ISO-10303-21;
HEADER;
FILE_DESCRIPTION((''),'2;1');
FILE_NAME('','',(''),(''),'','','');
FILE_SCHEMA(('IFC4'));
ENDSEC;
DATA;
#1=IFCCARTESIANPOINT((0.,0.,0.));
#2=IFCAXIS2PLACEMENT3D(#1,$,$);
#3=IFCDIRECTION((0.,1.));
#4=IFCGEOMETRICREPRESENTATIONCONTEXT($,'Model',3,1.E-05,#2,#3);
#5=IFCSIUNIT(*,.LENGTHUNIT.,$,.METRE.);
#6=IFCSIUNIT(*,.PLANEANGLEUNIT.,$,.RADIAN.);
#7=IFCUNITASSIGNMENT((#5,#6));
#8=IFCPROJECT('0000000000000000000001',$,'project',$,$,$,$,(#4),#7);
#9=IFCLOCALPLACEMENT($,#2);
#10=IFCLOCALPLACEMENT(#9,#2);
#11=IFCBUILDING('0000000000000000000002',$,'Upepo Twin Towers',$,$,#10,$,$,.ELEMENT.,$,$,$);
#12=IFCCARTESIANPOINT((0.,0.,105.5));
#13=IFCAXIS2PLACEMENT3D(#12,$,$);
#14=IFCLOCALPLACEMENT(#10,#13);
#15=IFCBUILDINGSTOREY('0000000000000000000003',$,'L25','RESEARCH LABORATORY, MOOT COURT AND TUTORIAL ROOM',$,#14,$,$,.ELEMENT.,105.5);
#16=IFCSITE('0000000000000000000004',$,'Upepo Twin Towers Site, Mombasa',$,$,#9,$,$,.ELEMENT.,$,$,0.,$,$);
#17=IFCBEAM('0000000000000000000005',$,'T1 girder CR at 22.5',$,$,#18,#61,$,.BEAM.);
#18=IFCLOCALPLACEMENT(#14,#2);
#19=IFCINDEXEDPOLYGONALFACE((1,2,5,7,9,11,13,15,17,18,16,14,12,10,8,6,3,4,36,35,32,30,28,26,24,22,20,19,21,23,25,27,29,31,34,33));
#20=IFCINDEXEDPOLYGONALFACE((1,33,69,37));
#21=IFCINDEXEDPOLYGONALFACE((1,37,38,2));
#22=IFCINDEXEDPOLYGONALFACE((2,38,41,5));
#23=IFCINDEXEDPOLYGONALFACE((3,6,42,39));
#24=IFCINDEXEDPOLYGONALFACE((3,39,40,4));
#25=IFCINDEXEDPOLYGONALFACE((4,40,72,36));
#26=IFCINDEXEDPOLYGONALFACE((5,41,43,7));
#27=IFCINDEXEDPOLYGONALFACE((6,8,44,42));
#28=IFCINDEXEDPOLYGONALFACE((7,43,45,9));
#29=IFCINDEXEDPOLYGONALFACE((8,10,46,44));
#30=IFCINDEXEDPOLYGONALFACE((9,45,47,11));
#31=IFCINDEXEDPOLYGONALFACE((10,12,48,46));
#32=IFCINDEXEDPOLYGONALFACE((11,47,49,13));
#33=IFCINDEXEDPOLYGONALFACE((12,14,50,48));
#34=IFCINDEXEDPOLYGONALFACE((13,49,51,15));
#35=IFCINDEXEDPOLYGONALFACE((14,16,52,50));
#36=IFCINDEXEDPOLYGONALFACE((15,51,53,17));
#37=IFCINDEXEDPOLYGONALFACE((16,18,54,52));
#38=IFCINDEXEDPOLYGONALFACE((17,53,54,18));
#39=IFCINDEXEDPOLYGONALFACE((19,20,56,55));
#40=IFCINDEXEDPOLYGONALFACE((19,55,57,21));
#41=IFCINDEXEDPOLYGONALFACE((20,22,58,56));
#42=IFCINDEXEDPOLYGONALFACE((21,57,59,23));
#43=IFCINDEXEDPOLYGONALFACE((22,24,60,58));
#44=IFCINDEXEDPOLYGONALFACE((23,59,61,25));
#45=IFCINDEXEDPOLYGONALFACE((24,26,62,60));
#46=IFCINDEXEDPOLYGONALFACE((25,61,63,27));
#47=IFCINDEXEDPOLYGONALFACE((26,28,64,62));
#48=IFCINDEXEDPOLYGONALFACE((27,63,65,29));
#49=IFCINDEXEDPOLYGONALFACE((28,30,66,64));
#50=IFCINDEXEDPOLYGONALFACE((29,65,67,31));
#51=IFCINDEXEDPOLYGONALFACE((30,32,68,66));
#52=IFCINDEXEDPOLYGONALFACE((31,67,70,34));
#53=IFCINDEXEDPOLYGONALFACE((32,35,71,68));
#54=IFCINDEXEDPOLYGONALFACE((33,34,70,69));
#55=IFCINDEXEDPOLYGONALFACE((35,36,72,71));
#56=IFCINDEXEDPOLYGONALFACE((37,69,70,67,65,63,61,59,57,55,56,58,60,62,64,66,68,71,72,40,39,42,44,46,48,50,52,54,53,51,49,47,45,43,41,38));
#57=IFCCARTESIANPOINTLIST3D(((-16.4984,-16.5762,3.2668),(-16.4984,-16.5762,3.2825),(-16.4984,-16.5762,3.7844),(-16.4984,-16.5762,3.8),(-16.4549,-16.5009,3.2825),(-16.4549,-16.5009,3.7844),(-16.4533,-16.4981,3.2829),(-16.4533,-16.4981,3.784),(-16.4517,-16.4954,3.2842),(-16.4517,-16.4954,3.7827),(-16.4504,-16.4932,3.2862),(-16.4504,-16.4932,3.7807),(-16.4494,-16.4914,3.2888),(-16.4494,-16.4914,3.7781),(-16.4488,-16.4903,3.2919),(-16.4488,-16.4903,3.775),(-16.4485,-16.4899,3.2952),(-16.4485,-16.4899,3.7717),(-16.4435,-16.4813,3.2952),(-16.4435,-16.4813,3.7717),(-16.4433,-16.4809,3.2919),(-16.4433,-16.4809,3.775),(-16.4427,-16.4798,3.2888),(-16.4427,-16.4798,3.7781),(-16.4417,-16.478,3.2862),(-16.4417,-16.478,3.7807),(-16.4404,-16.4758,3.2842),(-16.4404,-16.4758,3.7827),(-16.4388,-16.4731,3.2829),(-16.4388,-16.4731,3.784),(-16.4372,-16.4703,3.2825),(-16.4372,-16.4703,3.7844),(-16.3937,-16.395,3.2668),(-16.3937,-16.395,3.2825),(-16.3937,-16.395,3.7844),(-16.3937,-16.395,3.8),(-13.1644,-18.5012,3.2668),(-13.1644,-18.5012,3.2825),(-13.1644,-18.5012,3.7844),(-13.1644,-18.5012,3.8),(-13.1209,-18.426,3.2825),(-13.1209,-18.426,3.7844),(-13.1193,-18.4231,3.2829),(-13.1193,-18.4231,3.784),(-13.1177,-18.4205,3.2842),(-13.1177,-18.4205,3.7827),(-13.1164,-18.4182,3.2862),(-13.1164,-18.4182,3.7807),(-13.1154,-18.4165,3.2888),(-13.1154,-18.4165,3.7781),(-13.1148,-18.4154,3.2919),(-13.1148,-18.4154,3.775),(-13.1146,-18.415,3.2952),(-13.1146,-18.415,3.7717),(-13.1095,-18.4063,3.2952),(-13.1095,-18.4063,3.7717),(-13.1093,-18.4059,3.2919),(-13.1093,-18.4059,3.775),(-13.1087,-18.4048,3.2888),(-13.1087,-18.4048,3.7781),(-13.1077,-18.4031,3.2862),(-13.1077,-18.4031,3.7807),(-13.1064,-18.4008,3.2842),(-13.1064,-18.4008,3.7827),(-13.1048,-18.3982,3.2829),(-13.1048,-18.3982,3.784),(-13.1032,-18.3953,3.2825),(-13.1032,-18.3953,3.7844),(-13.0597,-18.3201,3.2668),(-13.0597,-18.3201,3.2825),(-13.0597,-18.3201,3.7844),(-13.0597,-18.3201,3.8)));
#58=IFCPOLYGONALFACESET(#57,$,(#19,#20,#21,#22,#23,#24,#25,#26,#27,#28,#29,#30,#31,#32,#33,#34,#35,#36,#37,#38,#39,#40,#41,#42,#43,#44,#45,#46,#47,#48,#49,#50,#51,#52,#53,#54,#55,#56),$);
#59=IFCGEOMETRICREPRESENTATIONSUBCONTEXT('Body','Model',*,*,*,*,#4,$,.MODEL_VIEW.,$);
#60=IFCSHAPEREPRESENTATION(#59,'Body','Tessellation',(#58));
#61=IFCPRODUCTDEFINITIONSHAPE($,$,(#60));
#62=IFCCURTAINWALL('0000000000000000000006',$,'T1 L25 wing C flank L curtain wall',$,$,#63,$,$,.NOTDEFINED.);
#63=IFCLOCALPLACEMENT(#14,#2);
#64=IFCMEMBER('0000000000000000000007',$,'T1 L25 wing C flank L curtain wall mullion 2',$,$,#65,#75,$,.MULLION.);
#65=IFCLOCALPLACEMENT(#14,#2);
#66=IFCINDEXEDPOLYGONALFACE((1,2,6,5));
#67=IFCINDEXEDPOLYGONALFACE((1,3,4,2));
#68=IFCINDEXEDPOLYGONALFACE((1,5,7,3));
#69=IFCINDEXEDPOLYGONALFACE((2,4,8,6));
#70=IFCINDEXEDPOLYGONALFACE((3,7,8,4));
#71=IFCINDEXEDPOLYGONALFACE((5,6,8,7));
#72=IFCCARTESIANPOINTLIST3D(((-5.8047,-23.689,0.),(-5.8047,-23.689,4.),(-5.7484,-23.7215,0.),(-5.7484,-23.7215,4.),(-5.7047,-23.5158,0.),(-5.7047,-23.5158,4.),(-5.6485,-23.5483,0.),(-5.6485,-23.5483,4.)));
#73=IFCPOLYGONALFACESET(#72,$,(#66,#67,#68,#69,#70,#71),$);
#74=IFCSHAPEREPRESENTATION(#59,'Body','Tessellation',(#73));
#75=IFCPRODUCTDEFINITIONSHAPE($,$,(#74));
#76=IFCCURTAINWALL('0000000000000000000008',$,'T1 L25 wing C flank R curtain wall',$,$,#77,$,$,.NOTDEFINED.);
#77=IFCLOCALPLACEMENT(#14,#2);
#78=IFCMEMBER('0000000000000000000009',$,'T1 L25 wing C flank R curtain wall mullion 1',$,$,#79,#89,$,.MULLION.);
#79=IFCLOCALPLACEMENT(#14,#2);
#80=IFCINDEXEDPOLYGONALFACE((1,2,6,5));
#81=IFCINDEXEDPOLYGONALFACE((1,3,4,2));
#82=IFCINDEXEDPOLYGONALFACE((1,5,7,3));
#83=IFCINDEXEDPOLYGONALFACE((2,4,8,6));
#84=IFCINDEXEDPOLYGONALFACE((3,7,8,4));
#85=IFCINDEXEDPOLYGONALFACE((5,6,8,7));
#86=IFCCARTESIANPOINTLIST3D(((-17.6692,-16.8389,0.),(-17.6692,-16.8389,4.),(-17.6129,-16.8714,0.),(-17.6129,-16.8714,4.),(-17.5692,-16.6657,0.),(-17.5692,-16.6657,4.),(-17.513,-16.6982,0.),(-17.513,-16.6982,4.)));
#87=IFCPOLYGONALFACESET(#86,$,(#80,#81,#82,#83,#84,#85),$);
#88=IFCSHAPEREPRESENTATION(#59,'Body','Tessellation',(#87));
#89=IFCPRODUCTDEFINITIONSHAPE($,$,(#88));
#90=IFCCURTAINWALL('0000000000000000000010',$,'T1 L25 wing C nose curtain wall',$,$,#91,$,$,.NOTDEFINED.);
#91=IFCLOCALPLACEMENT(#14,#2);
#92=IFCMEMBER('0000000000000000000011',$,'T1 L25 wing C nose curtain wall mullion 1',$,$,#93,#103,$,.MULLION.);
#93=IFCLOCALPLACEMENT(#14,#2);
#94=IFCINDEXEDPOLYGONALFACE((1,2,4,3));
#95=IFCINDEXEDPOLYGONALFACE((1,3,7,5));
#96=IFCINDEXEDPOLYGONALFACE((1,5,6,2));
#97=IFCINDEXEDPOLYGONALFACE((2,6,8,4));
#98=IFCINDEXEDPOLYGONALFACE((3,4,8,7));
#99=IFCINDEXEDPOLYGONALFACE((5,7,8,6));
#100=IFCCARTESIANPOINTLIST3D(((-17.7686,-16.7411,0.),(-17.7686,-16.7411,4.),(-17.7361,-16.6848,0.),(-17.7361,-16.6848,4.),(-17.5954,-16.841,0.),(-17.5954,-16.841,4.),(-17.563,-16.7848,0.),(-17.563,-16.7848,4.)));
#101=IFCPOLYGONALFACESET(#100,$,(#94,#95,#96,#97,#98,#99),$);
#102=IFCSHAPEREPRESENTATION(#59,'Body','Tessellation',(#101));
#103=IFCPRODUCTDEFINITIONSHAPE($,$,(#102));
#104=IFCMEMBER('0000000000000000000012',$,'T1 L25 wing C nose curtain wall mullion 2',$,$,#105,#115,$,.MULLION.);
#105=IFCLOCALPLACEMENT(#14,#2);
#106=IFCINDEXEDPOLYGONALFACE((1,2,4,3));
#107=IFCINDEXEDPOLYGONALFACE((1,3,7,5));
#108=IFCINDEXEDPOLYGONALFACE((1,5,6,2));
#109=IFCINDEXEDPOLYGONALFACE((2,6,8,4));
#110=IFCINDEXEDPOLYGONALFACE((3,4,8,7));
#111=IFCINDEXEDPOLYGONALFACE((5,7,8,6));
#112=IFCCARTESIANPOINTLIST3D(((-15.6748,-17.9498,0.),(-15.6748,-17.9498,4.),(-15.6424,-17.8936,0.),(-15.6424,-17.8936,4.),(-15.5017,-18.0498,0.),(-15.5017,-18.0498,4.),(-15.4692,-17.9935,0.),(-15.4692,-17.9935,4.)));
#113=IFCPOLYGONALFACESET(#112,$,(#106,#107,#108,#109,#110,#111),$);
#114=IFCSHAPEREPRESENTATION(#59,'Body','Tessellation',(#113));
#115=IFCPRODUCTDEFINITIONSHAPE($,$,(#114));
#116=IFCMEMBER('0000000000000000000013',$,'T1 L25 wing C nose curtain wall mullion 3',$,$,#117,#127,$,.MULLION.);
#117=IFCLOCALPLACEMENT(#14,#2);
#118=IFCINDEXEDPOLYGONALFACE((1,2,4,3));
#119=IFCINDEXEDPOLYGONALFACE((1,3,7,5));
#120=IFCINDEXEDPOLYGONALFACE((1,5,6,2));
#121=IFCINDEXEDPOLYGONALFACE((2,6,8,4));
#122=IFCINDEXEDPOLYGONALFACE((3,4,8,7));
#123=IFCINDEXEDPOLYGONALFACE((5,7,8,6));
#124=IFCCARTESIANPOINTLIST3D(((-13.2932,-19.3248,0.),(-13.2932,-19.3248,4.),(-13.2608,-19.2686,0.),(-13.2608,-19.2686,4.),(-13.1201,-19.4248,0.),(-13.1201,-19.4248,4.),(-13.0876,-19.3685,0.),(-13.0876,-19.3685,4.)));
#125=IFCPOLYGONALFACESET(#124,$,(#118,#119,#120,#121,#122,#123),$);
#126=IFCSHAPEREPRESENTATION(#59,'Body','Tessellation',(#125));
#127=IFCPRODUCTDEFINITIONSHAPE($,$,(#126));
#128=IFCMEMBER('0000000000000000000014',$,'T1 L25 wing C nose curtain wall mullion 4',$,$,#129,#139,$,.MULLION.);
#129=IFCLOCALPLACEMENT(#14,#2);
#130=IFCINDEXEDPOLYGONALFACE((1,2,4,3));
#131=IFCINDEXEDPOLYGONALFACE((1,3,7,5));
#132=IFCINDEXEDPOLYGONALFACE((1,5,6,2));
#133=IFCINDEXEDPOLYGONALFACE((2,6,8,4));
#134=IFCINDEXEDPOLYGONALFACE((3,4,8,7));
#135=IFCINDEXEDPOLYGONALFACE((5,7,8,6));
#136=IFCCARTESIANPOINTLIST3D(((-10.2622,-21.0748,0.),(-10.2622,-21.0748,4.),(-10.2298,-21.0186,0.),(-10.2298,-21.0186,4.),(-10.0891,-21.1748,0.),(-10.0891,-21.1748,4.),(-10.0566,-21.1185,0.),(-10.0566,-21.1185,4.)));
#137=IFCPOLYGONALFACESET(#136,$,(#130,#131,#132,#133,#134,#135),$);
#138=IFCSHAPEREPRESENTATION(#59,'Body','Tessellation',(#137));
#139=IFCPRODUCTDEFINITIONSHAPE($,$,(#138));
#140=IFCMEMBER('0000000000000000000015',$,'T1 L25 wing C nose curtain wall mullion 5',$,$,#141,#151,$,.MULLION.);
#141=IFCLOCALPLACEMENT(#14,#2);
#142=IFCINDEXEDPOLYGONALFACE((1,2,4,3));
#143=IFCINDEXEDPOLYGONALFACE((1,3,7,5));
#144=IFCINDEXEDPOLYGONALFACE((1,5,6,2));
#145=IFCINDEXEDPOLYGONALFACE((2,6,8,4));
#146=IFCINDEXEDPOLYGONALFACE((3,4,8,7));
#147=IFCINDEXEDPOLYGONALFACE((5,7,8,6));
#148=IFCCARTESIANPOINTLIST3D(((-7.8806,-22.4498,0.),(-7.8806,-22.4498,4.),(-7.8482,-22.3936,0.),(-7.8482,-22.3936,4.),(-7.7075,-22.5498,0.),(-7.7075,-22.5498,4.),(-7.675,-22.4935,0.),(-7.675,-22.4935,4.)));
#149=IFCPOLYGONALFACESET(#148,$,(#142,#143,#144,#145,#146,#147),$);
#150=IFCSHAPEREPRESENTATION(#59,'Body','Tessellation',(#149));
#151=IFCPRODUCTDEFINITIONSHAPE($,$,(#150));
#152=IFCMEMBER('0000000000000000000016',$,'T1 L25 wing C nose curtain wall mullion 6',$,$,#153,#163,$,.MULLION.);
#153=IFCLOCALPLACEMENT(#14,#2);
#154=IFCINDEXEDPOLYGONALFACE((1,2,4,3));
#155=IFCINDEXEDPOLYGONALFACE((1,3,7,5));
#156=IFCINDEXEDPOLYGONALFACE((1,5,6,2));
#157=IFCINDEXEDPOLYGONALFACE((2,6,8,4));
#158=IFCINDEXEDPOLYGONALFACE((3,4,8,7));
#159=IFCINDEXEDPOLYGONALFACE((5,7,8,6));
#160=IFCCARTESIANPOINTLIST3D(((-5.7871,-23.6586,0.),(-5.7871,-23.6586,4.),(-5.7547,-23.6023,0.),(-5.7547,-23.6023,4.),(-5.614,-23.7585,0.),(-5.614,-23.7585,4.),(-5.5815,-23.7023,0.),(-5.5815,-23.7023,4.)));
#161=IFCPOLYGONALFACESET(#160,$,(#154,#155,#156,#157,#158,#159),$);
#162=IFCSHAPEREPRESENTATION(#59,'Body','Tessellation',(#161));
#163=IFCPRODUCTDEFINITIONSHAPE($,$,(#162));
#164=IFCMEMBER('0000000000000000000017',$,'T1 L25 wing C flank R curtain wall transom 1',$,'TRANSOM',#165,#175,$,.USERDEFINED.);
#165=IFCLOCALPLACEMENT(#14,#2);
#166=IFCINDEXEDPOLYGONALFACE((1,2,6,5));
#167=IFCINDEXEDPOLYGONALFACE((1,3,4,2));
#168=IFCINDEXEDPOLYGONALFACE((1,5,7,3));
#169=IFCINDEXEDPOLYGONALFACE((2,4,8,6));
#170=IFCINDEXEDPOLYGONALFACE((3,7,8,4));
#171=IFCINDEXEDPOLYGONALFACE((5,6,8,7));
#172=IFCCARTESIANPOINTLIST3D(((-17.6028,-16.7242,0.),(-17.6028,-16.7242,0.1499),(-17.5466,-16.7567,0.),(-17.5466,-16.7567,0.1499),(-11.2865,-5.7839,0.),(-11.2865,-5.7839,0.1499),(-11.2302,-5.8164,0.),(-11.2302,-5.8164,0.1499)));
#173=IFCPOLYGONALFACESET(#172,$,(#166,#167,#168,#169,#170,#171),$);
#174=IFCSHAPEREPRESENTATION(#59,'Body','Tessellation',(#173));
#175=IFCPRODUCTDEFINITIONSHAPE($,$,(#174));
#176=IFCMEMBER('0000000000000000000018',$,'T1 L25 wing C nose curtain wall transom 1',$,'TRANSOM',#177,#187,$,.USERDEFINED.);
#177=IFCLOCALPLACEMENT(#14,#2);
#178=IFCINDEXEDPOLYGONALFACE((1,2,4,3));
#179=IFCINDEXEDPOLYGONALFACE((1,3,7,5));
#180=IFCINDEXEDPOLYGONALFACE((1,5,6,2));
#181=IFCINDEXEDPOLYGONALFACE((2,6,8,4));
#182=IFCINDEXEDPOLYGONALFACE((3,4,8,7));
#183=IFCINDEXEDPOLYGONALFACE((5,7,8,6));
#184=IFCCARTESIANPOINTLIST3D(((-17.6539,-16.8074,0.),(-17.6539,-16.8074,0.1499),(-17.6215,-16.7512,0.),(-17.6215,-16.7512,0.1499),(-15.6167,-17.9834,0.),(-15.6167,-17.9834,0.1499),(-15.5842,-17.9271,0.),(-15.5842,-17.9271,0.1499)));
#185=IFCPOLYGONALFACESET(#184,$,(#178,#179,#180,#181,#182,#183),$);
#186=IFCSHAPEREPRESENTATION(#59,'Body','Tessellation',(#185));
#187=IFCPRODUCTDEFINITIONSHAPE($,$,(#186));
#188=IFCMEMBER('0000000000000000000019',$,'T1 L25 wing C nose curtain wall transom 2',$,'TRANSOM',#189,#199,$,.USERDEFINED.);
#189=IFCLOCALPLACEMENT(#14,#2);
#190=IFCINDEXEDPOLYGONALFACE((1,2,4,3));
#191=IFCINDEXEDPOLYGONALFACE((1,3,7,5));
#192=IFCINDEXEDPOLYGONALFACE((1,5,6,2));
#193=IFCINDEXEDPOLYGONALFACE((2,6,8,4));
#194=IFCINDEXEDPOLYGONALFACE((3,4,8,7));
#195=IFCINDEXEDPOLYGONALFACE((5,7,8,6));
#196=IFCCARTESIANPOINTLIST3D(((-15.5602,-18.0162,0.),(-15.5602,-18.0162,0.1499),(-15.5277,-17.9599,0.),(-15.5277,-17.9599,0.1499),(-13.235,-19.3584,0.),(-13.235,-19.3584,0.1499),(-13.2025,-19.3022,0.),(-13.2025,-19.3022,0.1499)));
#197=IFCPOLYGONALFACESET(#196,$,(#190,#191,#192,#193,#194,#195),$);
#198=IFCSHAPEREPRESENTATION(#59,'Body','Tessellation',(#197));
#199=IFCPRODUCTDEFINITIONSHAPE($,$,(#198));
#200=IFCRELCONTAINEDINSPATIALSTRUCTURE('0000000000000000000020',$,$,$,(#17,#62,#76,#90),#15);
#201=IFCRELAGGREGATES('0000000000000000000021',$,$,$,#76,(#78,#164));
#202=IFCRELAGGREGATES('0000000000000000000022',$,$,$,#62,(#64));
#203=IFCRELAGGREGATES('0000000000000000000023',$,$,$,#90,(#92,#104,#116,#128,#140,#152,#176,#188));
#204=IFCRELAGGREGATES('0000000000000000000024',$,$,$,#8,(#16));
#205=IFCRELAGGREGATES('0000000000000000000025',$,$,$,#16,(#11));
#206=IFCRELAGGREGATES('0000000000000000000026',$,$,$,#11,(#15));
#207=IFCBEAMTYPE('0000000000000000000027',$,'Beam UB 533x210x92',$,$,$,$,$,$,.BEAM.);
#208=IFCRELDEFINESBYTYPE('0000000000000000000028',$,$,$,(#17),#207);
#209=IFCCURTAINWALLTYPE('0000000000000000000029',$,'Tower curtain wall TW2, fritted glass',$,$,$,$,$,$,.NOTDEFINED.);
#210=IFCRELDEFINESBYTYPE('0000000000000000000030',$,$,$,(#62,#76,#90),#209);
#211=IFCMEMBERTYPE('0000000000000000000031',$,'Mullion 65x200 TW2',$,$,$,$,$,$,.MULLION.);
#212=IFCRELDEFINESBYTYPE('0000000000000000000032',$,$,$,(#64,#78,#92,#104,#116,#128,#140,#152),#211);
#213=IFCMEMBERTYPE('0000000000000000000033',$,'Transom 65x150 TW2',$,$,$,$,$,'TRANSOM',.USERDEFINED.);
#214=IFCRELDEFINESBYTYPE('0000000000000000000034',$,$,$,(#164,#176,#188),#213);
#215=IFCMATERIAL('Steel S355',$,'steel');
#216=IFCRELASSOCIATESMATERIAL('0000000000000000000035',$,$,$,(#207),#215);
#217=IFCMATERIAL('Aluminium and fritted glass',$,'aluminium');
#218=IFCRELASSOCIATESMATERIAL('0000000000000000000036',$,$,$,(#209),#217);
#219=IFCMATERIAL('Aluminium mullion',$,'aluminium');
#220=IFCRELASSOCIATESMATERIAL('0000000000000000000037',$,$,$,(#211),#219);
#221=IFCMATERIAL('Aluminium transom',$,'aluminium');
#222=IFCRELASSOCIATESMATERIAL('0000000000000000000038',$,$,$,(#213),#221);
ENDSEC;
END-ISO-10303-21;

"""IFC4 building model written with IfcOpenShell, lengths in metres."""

from ifc_helpers import new_model, si_unit, direction, frame, origin, origin_2d, place, context, subcontext, project, spatial, rectangle, i_section, extrude, material, material_profile, profile_set, type_object, element, aggregate, save


model = new_model("IFC4")

# Units and contexts
model_context = context("Model", 3, precision=1e-05, world=origin(), true_north=direction((0.0, 1.0)))
body_context = subcontext(model_context, "Body", "Model", "MODEL_VIEW")
ifc_project = project(units=[si_unit("LENGTHUNIT", "METRE"), si_unit("PLANEANGLEUNIT", "RADIAN")], contexts=[model_context])

# Site, building, storey
site_placement = place(None, origin())
site = spatial("IfcSite", under=ifc_project, at=site_placement, Name="Upepo Twin Towers Site, Mombasa", CompositionType="ELEMENT", RefElevation=0.0)
building_placement = place(site_placement, origin())
building = spatial("IfcBuilding", under=site, at=building_placement, Name="Upepo Twin Towers", CompositionType="ELEMENT")
storey_placement = place(building_placement, frame((0.0, 0.0, 105.5)))
storey = spatial("IfcBuildingStorey", under=building, at=storey_placement, Name="L25", Description="RESEARCH LABORATORY, MOOT COURT AND TUTORIAL ROOM", CompositionType="ELEMENT", Elevation=105.5)

# Beam
ifc_material_1 = material(Name="Steel S355", Category="steel")
ifc_material_profile_1 = material_profile(ifc_material_1, i_section(OverallWidth=0.2092, OverallDepth=0.5332, WebThickness=0.01, FlangeThickness=0.0156, FilletRadius=0.0127, at=origin_2d()), Name="UB 533x210x92")
ifc_profile_set_1 = profile_set([ifc_material_profile_1], Name="Steel S355")
beam_type_1 = type_object("IfcBeamType", Name="Beam UB 533x210x92", PredefinedType="BEAM", material=ifc_profile_set_1)
for number, where, z_axis, x_axis, name in (
    (1, (-16.446, -16.4856, 3.5334), (0.866006, -0.500034, 0.0), (0.500034, 0.866006, 0.0), "T1 girder CR at 22.5"),
):
    element("IfcBeam", number, at=place(storey_placement, frame(where, z_axis=z_axis, x_axis=x_axis)), inside=storey, type_object=beam_type_1, Name=name, PredefinedType="BEAM", context=body_context, shape_type="SweptSolid", body=[
        extrude(i_section(OverallWidth=0.2092, OverallDepth=0.5332, WebThickness=0.01, FlangeThickness=0.0156, FilletRadius=0.0127, at=origin_2d()), origin(), (0.0, 0.0, 1.0), 3.8499),
    ])

# Curtain walls, members
ifc_material_2 = material(Name="Aluminium and fritted glass", Category="aluminium")
curtain_wall_type = type_object("IfcCurtainWallType", Name="Tower curtain wall TW2, fritted glass", PredefinedType="NOTDEFINED", material=ifc_material_2)
curtain_wall_1_placement = place(storey_placement, origin())
curtain_wall_1 = element("IfcCurtainWall", 2, at=curtain_wall_1_placement, inside=storey, type_object=curtain_wall_type, Name="T1 L25 wing C flank L curtain wall", PredefinedType="NOTDEFINED")
ifc_material_3 = material(Name="Aluminium mullion", Category="aluminium")
ifc_material_profile_2 = material_profile(ifc_material_3, rectangle(XDim=0.0649, YDim=0.2, at=origin_2d()), Name="MULLION 65x200")
ifc_profile_set_2 = profile_set([ifc_material_profile_2], Name="Aluminium mullion")
member_type_1 = type_object("IfcMemberType", Name="Mullion 65x200 TW2", PredefinedType="MULLION", material=ifc_profile_set_2)
member_1_placement = place(storey_placement, frame((-5.7266, -23.6187, 0.0), z_axis=(0.0, 0.0, 1.0), x_axis=(0.866025, -0.5, 0.0)))
member_1 = element("IfcMember", 3, at=member_1_placement, type_object=member_type_1, Name="T1 L25 wing C flank L curtain wall mullion 2", PredefinedType="MULLION", context=body_context, shape_type="SweptSolid", body=[
    extrude(rectangle(XDim=0.0649, YDim=0.2, at=origin_2d()), origin(), (0.0, 0.0, 1.0), 4.0),
])
curtain_wall_2_placement = place(storey_placement, origin())
curtain_wall_2 = element("IfcCurtainWall", 4, at=curtain_wall_2_placement, inside=storey, type_object=curtain_wall_type, Name="T1 L25 wing C flank R curtain wall", PredefinedType="NOTDEFINED")
member_2_placement = place(storey_placement, frame((-17.5911, -16.7686, 0.0), z_axis=(0.0, 0.0, 1.0), x_axis=(-0.866025, 0.5, 0.0)))
member_2 = element("IfcMember", 5, at=member_2_placement, type_object=member_type_1, Name="T1 L25 wing C flank R curtain wall mullion 1", PredefinedType="MULLION", context=body_context, shape_type="SweptSolid", body=[
    extrude(rectangle(XDim=0.0649, YDim=0.2, at=origin_2d()), origin(), (0.0, 0.0, 1.0), 4.0),
])

# Curtain wall, members
curtain_wall_3_placement = place(storey_placement, origin())
curtain_wall_3 = element("IfcCurtainWall", 6, at=curtain_wall_3_placement, inside=storey, type_object=curtain_wall_type, Name="T1 L25 wing C nose curtain wall", PredefinedType="NOTDEFINED")
member_3_placement = place(storey_placement, frame((-17.6658, -16.7629, 0.0), z_axis=(0.0, 0.0, 1.0), x_axis=(0.5, 0.866025, 0.0)))
member_3 = element("IfcMember", 7, at=member_3_placement, type_object=member_type_1, Name="T1 L25 wing C nose curtain wall mullion 1", PredefinedType="MULLION", context=body_context, shape_type="SweptSolid", body=[
    extrude(rectangle(XDim=0.0649, YDim=0.2, at=origin_2d()), origin(), (0.0, 0.0, 1.0), 4.0),
])
member_4_placement = place(storey_placement, frame((-15.572, -17.9717, 0.0), z_axis=(0.0, 0.0, 1.0), x_axis=(0.5, 0.866025, 0.0)))
member_4 = element("IfcMember", 8, at=member_4_placement, type_object=member_type_1, Name="T1 L25 wing C nose curtain wall mullion 2", PredefinedType="MULLION", context=body_context, shape_type="SweptSolid", body=[
    extrude(rectangle(XDim=0.0649, YDim=0.2, at=origin_2d()), origin(), (0.0, 0.0, 1.0), 4.0),
])
member_5_placement = place(storey_placement, frame((-13.1904, -19.3467, 0.0), z_axis=(0.0, 0.0, 1.0), x_axis=(0.5, 0.866025, 0.0)))
member_5 = element("IfcMember", 9, at=member_5_placement, type_object=member_type_1, Name="T1 L25 wing C nose curtain wall mullion 3", PredefinedType="MULLION", context=body_context, shape_type="SweptSolid", body=[
    extrude(rectangle(XDim=0.0649, YDim=0.2, at=origin_2d()), origin(), (0.0, 0.0, 1.0), 4.0),
])
member_6_placement = place(storey_placement, frame((-10.1594, -21.0967, 0.0), z_axis=(0.0, 0.0, 1.0), x_axis=(0.5, 0.866025, 0.0)))
member_6 = element("IfcMember", 10, at=member_6_placement, type_object=member_type_1, Name="T1 L25 wing C nose curtain wall mullion 4", PredefinedType="MULLION", context=body_context, shape_type="SweptSolid", body=[
    extrude(rectangle(XDim=0.0649, YDim=0.2, at=origin_2d()), origin(), (0.0, 0.0, 1.0), 4.0),
])
member_7_placement = place(storey_placement, frame((-7.7778, -22.4717, 0.0), z_axis=(0.0, 0.0, 1.0), x_axis=(0.5, 0.866025, 0.0)))
member_7 = element("IfcMember", 11, at=member_7_placement, type_object=member_type_1, Name="T1 L25 wing C nose curtain wall mullion 5", PredefinedType="MULLION", context=body_context, shape_type="SweptSolid", body=[
    extrude(rectangle(XDim=0.0649, YDim=0.2, at=origin_2d()), origin(), (0.0, 0.0, 1.0), 4.0),
])
member_8_placement = place(storey_placement, frame((-5.6843, -23.6804, 0.0), z_axis=(0.0, 0.0, 1.0), x_axis=(0.5, 0.866025, 0.0)))
member_8 = element("IfcMember", 12, at=member_8_placement, type_object=member_type_1, Name="T1 L25 wing C nose curtain wall mullion 6", PredefinedType="MULLION", context=body_context, shape_type="SweptSolid", body=[
    extrude(rectangle(XDim=0.0649, YDim=0.2, at=origin_2d()), origin(), (0.0, 0.0, 1.0), 4.0),
])

# Members
ifc_material_4 = material(Name="Aluminium transom", Category="aluminium")
ifc_material_profile_3 = material_profile(ifc_material_4, rectangle(XDim=0.0649, YDim=0.1499, at=origin_2d()), Name="TRANSOM 65x150")
ifc_profile_set_3 = profile_set([ifc_material_profile_3], Name="Aluminium transom")
member_type_2 = type_object("IfcMemberType", Name="Transom 65x150 TW2", ElementType="TRANSOM", PredefinedType="USERDEFINED", material=ifc_profile_set_3)
member_9_placement = place(storey_placement, frame((-17.5747, -16.7405, 0.075), z_axis=(0.499997, 0.866027, 0.0), x_axis=(-0.866027, 0.499997, 0.0)))
member_9 = element("IfcMember", 13, at=member_9_placement, type_object=member_type_2, Name="T1 L25 wing C flank R curtain wall transom 1", ObjectType="TRANSOM", PredefinedType="USERDEFINED", context=body_context, shape_type="SweptSolid", body=[
    extrude(rectangle(XDim=0.0649, YDim=0.1499, at=origin_2d()), origin(), (0.0, 0.0, 1.0), 12.6328),
])
aggregate(curtain_wall_2, [member_2, member_9])
member_10_placement = place(storey_placement, frame((-17.6377, -16.7793, 0.075), z_axis=(0.86607, -0.499923, 0.0), x_axis=(0.499923, 0.86607, 0.0)))
member_10 = element("IfcMember", 14, at=member_10_placement, type_object=member_type_2, Name="T1 L25 wing C nose curtain wall transom 1", ObjectType="TRANSOM", PredefinedType="USERDEFINED", context=body_context, shape_type="SweptSolid", body=[
    extrude(rectangle(XDim=0.0649, YDim=0.1499, at=origin_2d()), origin(), (0.0, 0.0, 1.0), 2.3523),
])
member_11_placement = place(storey_placement, frame((-15.5439, -17.988, 0.075), z_axis=(0.866052, -0.499953, 0.0), x_axis=(0.499953, 0.866052, 0.0)))
member_11 = element("IfcMember", 15, at=member_11_placement, type_object=member_type_2, Name="T1 L25 wing C nose curtain wall transom 2", ObjectType="TRANSOM", PredefinedType="USERDEFINED", context=body_context, shape_type="SweptSolid", body=[
    extrude(rectangle(XDim=0.0649, YDim=0.1499, at=origin_2d()), origin(), (0.0, 0.0, 1.0), 2.6848),
])

aggregate(curtain_wall_1, [member_1])
aggregate(curtain_wall_3, [member_3, member_4, member_5, member_6, member_7, member_8, member_10, member_11])

save(model, "model.ifc")
